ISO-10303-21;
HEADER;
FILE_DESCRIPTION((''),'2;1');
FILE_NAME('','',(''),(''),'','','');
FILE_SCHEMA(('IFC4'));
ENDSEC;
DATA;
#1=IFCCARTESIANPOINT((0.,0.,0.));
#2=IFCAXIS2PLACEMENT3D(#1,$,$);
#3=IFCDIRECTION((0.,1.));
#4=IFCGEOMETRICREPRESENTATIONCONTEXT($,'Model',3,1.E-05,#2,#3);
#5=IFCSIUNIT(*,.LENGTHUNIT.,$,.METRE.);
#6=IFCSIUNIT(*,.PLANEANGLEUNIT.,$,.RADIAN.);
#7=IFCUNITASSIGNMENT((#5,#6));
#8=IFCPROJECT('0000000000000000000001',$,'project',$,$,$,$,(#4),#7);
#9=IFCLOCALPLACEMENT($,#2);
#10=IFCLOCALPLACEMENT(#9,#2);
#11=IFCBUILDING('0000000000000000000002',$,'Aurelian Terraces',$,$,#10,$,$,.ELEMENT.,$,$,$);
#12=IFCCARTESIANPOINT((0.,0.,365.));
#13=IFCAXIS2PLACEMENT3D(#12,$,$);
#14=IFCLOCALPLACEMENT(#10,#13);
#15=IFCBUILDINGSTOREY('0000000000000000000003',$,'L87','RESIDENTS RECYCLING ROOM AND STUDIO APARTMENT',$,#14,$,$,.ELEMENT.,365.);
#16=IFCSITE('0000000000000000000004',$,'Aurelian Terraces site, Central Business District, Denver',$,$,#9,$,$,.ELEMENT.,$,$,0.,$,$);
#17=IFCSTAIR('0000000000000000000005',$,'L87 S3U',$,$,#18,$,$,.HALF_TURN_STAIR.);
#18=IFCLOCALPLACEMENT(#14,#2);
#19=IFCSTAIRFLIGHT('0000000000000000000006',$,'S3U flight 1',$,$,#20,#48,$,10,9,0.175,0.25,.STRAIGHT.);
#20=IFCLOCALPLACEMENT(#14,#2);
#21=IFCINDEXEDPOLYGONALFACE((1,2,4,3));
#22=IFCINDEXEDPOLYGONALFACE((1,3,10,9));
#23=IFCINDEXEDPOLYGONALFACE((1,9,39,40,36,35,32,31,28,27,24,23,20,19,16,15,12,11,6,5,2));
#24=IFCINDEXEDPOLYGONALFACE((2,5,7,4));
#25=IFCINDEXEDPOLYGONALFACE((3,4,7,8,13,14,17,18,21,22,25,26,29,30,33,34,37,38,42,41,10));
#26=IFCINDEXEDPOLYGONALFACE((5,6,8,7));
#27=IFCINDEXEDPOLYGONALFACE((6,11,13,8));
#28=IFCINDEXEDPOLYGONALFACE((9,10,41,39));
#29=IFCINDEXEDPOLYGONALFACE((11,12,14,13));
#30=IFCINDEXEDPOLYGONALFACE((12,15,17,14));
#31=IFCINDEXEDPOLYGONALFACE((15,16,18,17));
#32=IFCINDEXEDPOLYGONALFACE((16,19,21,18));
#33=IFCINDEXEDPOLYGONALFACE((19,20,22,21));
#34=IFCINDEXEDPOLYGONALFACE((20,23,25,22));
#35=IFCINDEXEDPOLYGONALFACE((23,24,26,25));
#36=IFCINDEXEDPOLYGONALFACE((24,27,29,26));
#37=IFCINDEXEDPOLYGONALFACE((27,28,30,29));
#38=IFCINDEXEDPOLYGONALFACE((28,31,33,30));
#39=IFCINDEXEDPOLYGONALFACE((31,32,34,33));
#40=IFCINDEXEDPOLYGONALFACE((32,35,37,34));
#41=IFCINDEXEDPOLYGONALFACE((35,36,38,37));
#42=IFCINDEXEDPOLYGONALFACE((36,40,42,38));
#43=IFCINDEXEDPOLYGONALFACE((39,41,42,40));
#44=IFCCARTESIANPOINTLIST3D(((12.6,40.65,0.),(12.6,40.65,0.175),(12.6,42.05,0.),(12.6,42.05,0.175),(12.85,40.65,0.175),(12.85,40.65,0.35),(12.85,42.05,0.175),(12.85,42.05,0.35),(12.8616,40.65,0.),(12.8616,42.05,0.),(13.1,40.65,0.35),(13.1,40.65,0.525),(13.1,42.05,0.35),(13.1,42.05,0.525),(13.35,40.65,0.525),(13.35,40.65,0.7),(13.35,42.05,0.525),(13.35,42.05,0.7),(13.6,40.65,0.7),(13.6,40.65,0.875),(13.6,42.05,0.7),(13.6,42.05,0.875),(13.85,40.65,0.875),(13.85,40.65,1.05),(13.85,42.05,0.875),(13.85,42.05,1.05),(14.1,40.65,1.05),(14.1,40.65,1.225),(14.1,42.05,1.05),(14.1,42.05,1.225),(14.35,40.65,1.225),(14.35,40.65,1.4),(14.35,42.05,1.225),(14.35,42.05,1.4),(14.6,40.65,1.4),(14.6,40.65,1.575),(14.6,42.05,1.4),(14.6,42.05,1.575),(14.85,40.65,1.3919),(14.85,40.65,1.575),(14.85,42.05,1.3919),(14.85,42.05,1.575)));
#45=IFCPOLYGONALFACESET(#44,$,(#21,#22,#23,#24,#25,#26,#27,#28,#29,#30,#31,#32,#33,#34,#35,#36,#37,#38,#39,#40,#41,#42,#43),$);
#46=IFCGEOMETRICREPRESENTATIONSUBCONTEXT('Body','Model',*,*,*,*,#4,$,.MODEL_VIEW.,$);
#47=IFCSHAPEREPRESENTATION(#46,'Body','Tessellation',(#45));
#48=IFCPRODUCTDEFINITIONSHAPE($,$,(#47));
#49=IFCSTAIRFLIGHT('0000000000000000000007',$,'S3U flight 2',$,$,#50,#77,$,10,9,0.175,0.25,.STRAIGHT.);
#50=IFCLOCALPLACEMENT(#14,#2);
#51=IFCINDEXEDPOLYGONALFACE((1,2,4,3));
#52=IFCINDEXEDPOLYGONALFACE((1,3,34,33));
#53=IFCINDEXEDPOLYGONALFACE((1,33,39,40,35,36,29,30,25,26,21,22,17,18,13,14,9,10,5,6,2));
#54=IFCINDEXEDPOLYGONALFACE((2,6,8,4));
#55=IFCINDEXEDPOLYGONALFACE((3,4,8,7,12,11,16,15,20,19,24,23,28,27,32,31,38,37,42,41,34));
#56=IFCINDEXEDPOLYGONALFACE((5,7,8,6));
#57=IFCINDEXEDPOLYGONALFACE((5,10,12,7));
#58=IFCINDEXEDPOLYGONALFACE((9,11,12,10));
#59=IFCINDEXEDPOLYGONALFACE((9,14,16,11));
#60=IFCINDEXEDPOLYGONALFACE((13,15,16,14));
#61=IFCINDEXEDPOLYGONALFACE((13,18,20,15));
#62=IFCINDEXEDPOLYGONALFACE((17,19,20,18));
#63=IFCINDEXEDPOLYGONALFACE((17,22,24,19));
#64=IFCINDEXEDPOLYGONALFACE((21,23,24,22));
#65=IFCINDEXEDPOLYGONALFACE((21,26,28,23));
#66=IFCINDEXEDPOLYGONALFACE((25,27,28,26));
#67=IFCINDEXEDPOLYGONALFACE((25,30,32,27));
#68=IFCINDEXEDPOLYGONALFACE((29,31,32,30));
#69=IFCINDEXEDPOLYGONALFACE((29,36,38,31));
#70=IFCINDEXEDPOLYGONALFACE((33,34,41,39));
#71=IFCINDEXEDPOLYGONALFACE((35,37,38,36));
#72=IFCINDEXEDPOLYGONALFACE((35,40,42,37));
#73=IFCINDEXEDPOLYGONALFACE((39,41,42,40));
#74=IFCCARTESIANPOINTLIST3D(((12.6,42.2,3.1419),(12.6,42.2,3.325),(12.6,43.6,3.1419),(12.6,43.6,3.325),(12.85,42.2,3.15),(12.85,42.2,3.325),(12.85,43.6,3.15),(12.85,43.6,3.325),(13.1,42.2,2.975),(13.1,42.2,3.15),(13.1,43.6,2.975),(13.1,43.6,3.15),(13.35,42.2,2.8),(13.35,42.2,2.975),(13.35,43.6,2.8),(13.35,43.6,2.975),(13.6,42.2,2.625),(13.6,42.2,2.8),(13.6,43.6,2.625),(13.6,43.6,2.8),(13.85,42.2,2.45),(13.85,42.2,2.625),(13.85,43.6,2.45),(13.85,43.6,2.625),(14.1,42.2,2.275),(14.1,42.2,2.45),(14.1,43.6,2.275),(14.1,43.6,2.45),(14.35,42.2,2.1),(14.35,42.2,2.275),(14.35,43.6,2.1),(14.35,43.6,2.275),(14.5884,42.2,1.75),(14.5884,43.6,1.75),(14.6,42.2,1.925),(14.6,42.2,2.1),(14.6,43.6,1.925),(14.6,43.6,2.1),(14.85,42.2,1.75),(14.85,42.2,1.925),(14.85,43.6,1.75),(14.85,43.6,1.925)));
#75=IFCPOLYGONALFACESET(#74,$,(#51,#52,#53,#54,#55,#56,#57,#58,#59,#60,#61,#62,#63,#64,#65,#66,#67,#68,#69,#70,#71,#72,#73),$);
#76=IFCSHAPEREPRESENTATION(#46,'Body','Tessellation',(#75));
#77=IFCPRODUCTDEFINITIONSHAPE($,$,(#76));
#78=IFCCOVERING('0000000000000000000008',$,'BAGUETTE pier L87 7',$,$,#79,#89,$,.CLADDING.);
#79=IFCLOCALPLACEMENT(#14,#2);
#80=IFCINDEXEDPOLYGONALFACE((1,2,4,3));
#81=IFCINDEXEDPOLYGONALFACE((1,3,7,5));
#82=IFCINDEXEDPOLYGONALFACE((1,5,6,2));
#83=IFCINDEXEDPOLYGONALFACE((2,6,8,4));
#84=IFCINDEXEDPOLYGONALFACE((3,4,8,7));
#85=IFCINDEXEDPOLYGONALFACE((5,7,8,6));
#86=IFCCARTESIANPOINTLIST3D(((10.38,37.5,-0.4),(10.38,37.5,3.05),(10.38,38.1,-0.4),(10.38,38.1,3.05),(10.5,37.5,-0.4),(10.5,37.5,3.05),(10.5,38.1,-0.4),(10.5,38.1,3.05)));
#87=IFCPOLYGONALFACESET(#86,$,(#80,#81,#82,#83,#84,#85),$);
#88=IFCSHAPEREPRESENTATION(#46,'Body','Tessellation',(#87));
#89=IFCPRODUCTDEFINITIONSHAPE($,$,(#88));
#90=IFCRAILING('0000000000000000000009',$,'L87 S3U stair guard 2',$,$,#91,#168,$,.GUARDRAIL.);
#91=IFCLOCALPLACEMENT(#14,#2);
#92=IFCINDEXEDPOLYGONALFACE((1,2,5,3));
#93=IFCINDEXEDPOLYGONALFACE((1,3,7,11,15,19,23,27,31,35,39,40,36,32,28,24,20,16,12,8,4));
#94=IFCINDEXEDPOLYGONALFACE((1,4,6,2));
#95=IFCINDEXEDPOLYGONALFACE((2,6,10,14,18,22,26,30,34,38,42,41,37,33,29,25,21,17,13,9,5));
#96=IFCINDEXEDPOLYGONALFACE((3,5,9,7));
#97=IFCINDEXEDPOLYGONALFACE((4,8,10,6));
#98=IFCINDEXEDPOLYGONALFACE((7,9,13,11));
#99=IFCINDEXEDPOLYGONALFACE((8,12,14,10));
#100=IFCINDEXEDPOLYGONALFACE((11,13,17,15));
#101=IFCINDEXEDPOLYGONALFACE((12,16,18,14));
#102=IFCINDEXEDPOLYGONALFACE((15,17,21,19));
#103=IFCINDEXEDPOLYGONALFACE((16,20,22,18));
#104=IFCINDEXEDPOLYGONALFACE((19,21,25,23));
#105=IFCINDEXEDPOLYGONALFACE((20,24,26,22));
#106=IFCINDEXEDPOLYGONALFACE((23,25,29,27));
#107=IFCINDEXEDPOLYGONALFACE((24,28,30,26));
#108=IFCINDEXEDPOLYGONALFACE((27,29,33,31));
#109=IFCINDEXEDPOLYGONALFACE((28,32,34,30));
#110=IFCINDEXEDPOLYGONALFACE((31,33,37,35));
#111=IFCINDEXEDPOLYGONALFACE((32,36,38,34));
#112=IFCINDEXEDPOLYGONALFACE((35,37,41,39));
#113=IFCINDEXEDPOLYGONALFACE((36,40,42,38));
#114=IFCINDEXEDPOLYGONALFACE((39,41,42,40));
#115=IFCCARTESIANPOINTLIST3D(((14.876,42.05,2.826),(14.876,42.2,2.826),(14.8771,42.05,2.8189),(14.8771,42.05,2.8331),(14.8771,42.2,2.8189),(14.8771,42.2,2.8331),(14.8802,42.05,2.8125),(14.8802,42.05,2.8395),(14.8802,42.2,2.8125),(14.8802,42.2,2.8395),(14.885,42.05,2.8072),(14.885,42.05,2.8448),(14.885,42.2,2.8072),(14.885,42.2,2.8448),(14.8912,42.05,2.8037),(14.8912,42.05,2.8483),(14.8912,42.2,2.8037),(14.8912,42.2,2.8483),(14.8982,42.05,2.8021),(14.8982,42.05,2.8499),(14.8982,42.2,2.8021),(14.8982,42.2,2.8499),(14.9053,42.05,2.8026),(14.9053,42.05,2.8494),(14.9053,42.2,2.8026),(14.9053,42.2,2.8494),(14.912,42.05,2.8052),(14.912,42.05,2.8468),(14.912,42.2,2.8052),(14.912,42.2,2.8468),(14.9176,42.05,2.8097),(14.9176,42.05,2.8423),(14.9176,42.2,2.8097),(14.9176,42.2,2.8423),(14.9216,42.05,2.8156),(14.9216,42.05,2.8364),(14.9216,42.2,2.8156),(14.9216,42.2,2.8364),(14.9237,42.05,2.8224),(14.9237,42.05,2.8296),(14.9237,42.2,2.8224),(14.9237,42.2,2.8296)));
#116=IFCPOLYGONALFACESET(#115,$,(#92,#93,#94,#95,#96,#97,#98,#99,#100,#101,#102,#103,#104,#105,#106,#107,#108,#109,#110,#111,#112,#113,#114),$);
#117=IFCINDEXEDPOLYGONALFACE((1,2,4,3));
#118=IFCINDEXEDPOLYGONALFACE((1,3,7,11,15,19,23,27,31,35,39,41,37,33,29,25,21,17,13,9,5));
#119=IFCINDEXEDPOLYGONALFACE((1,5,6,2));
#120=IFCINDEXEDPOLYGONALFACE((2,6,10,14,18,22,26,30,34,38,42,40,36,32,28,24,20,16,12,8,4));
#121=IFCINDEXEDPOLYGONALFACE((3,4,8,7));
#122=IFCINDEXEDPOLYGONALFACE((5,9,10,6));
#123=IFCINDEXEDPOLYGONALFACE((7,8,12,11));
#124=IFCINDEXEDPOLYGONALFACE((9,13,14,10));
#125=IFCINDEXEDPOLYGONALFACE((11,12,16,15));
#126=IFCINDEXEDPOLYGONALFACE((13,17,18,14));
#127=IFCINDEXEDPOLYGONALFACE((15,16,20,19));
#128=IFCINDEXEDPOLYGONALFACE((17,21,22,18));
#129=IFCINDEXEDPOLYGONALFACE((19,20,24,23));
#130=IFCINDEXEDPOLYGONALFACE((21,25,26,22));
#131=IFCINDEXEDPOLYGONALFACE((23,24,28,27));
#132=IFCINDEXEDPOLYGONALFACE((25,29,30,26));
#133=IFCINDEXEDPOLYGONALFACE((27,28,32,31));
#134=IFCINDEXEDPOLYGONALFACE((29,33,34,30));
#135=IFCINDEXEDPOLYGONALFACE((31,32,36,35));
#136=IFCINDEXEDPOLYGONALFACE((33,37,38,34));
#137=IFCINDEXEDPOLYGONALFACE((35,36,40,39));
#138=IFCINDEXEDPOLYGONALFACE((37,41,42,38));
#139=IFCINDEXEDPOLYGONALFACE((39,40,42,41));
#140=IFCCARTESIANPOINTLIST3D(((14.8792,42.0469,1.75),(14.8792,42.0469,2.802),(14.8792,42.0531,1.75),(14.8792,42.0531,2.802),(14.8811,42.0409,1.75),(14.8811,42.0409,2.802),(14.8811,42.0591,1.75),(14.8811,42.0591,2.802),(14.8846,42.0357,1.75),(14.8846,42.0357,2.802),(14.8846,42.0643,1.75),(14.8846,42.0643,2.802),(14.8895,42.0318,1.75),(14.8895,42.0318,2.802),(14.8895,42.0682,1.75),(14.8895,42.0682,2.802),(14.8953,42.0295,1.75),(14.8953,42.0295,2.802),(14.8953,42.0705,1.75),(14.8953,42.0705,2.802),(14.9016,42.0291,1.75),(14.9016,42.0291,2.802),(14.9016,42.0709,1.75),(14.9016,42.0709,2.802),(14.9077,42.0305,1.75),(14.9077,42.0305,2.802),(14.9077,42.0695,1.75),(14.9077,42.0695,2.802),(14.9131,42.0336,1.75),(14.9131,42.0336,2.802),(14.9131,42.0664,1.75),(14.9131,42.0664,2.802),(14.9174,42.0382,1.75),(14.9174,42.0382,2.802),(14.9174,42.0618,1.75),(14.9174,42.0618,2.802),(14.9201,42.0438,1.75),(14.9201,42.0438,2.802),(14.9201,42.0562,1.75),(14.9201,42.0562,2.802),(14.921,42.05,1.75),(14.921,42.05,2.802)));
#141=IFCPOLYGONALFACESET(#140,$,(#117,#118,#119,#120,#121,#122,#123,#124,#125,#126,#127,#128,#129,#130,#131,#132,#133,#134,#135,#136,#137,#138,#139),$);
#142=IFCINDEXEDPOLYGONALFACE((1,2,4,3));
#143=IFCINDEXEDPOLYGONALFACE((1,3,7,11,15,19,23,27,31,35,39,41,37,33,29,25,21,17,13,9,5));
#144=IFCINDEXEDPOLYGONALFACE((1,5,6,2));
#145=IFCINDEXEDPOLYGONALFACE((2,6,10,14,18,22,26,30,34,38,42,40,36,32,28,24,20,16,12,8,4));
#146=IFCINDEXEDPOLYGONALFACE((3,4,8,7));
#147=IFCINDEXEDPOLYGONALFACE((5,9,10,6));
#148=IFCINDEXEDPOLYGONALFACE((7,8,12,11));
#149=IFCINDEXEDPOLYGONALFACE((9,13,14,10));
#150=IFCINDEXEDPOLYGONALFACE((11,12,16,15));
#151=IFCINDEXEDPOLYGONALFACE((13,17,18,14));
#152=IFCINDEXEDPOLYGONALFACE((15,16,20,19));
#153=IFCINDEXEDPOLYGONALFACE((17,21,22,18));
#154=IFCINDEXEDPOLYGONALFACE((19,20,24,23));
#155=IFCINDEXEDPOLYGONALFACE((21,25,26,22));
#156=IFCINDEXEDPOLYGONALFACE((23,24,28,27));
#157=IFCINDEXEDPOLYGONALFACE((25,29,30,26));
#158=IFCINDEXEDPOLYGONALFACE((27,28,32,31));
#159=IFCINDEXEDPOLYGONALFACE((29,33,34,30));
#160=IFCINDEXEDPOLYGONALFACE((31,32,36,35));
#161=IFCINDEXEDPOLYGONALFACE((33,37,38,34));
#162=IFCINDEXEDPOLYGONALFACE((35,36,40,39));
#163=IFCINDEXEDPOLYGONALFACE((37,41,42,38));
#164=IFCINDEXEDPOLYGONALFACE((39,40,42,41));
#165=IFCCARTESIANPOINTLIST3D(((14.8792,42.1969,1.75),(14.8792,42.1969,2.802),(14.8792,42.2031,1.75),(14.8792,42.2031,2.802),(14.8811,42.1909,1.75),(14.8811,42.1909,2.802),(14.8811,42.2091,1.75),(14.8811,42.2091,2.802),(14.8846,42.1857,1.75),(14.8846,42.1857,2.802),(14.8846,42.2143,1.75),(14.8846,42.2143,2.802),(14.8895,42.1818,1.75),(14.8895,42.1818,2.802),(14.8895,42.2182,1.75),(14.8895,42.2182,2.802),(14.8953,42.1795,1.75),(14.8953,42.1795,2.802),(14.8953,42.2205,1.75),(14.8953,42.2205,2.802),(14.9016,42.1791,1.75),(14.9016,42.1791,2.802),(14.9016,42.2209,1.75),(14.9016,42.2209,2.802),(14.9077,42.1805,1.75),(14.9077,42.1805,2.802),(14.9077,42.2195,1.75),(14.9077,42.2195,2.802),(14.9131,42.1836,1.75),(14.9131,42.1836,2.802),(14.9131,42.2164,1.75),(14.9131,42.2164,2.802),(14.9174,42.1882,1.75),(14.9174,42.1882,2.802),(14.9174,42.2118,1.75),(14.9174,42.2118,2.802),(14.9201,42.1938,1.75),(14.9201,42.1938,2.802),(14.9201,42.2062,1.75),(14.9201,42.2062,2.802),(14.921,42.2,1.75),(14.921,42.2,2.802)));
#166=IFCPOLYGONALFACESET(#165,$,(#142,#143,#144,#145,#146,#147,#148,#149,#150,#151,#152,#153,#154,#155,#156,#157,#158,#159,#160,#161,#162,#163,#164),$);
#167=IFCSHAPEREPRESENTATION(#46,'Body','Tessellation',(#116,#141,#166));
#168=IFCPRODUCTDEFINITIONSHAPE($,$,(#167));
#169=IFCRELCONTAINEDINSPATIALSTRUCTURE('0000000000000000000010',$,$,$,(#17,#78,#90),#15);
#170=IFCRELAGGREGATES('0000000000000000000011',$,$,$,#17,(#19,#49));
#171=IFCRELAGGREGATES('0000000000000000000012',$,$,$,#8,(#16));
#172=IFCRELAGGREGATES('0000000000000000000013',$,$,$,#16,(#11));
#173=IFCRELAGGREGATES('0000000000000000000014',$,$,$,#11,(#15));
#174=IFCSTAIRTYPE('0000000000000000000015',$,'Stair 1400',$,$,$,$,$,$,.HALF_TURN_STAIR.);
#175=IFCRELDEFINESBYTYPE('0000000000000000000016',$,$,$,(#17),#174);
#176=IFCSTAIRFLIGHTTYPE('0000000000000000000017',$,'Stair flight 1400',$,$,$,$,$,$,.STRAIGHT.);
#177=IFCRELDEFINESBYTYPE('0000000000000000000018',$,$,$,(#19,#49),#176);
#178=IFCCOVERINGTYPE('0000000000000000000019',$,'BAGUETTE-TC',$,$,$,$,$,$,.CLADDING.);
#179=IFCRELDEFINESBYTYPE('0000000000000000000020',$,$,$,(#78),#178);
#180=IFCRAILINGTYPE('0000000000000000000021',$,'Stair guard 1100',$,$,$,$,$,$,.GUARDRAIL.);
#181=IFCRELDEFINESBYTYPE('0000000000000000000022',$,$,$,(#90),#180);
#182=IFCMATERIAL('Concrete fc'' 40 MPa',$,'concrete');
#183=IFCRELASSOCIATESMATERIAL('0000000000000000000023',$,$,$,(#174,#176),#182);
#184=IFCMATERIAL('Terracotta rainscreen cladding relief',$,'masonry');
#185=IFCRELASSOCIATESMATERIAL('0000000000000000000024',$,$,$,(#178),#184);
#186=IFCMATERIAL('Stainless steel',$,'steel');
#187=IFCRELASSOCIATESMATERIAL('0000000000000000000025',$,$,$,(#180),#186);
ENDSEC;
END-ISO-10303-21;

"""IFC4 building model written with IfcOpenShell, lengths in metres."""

from ifc_helpers import new_model, si_unit, direction, frame, origin, origin_2d, place, context, subcontext, project, spatial, polyline, rectangle, circle, outline, extrude, source, transform, mapped, material, type_object, element, aggregate, save


model = new_model("IFC4")

# Units and contexts
model_context = context("Model", 3, precision=1e-05, world=origin(), true_north=direction((0.0, 1.0)))
body_context = subcontext(model_context, "Body", "Model", "MODEL_VIEW")
ifc_project = project(units=[si_unit("LENGTHUNIT", "METRE"), si_unit("PLANEANGLEUNIT", "RADIAN")], contexts=[model_context])

# Site, building, storey
site_placement = place(None, origin())
site = spatial("IfcSite", under=ifc_project, at=site_placement, Name="Aurelian Terraces site, Central Business District, Denver", CompositionType="ELEMENT", RefElevation=0.0)
building_placement = place(site_placement, origin())
building = spatial("IfcBuilding", under=site, at=building_placement, Name="Aurelian Terraces", CompositionType="ELEMENT")
storey_placement = place(building_placement, frame((0.0, 0.0, 365.0)))
storey = spatial("IfcBuildingStorey", under=building, at=storey_placement, Name="L87", Description="RESIDENTS RECYCLING ROOM AND STUDIO APARTMENT", CompositionType="ELEMENT", Elevation=365.0)

# Shared definitions
ifc_material_1 = material(Name="Concrete fc' 40 MPa", Category="concrete")

# Stair, stair flights
stair_type = type_object("IfcStairType", Name="Stair 1400", PredefinedType="HALF_TURN_STAIR", material=ifc_material_1)
stair_placement = place(storey_placement, origin())
stair = element("IfcStair", 1, at=stair_placement, inside=storey, type_object=stair_type, Name="L87 S3U", PredefinedType="HALF_TURN_STAIR")
stair_flight_type = type_object("IfcStairFlightType", Name="Stair flight 1400", PredefinedType="STRAIGHT", material=ifc_material_1)
shared_shape_1 = source(origin(), body_context, "Body", "SweptSolid", [
    extrude(outline(polyline([(0.0, 0.0), (0.0, 0.175), (0.25, 0.175), (0.25, 0.35), (0.5, 0.35), (0.5, 0.525), (0.75, 0.525), (0.75, 0.7), (1.0, 0.7), (1.0, 0.875), (1.25, 0.875), (1.25, 1.05), (1.5, 1.05), (1.5, 1.225), (1.75, 1.225), (1.75, 1.4), (2.0, 1.4), (2.0, 1.575), (2.25, 1.575), (2.25, 1.75), (2.25, 1.3919), (0.2616, 0.0), (0.0, 0.0)])), frame((0.0, 0.7, 0.0), z_axis=(0.0, -1.0, 0.0), x_axis=(1.0, 0.0, 0.0)), (0.0, 0.0, 1.0), 1.4),
])
stair_flight_1_placement = place(storey_placement, frame((12.6, 41.35, 0.0), z_axis=(0.0, 0.0, 1.0), x_axis=(1.0, 0.0, 0.0)))
stair_flight_1 = element("IfcStairFlight", 2, at=stair_flight_1_placement, type_object=stair_flight_type, Name="S3U flight 1", NumberOfRisers=10, NumberOfTreads=9, PredefinedType="STRAIGHT", RiserHeight=0.175, TreadLength=0.25, context=body_context, shape_type="MappedRepresentation", body=[
    mapped(shared_shape_1, transform((0.0, 0.0, 0.0), scale=1.0)),
])
stair_flight_2_placement = place(storey_placement, frame((14.85, 42.9, 1.75), z_axis=(0.0, 0.0, 1.0), x_axis=(-1.0, 0.0, 0.0)))
stair_flight_2 = element("IfcStairFlight", 3, at=stair_flight_2_placement, type_object=stair_flight_type, Name="S3U flight 2", NumberOfRisers=10, NumberOfTreads=9, PredefinedType="STRAIGHT", RiserHeight=0.175, TreadLength=0.25, context=body_context, shape_type="MappedRepresentation", body=[
    mapped(shared_shape_1, transform((0.0, 0.0, 0.0), scale=1.0)),
])
aggregate(stair, [stair_flight_1, stair_flight_2])

# Covering
ifc_material_2 = material(Name="Terracotta rainscreen cladding relief", Category="masonry")
covering_type = type_object("IfcCoveringType", Name="BAGUETTE-TC", PredefinedType="CLADDING", material=ifc_material_2)
shared_shape_2 = source(origin(), body_context, "Body", "SweptSolid", [
    extrude(rectangle(XDim=0.12, YDim=0.6, at=origin_2d()), origin(), (0.0, 0.0, 1.0), 3.45),
])
covering_placement = place(storey_placement, frame((10.44, 37.8, -0.4), z_axis=(0.0, 0.0, 1.0), x_axis=(1.0, 0.0, 0.0)))
element("IfcCovering", 4, at=covering_placement, inside=storey, type_object=covering_type, Name="BAGUETTE pier L87 7", PredefinedType="CLADDING", context=body_context, shape_type="MappedRepresentation", body=[
    mapped(shared_shape_2, transform((0.0, 0.0, 0.0), scale=1.0)),
])

# Railing
ifc_material_3 = material(Name="Stainless steel", Category="steel")
railing_type_1 = type_object("IfcRailingType", Name="Stair guard 1100", PredefinedType="GUARDRAIL", material=ifc_material_3)
shared_shape_3 = source(origin(), body_context, "Body", "SweptSolid", [
    extrude(circle(Radius=0.024, at=origin_2d()), frame((0.0, 0.0, 1.076), z_axis=(0.0, 1.0, 0.0), x_axis=(-1.0, 0.0, 0.0)), (0.0, 0.0, 1.0), 0.15),
    extrude(circle(Radius=0.021, at=origin_2d()), origin(), (0.0, 0.0, 1.0), 1.052),
    extrude(circle(Radius=0.021, at=origin_2d()), frame((0.0, 0.15, 0.0)), (0.0, 0.0, 1.0), 1.052),
])
for number, where, name in (
    (5, (14.9, 42.05, 1.75), "L87 S3U stair guard 2"),
):
    element("IfcRailing", number, at=place(storey_placement, frame(where)), inside=storey, type_object=railing_type_1, Name=name, PredefinedType="GUARDRAIL", context=body_context, shape_type="MappedRepresentation", body=[
        mapped(shared_shape_3, transform((0.0, 0.0, 0.0), scale=1.0)),
    ])

save(model, "model.ifc")
